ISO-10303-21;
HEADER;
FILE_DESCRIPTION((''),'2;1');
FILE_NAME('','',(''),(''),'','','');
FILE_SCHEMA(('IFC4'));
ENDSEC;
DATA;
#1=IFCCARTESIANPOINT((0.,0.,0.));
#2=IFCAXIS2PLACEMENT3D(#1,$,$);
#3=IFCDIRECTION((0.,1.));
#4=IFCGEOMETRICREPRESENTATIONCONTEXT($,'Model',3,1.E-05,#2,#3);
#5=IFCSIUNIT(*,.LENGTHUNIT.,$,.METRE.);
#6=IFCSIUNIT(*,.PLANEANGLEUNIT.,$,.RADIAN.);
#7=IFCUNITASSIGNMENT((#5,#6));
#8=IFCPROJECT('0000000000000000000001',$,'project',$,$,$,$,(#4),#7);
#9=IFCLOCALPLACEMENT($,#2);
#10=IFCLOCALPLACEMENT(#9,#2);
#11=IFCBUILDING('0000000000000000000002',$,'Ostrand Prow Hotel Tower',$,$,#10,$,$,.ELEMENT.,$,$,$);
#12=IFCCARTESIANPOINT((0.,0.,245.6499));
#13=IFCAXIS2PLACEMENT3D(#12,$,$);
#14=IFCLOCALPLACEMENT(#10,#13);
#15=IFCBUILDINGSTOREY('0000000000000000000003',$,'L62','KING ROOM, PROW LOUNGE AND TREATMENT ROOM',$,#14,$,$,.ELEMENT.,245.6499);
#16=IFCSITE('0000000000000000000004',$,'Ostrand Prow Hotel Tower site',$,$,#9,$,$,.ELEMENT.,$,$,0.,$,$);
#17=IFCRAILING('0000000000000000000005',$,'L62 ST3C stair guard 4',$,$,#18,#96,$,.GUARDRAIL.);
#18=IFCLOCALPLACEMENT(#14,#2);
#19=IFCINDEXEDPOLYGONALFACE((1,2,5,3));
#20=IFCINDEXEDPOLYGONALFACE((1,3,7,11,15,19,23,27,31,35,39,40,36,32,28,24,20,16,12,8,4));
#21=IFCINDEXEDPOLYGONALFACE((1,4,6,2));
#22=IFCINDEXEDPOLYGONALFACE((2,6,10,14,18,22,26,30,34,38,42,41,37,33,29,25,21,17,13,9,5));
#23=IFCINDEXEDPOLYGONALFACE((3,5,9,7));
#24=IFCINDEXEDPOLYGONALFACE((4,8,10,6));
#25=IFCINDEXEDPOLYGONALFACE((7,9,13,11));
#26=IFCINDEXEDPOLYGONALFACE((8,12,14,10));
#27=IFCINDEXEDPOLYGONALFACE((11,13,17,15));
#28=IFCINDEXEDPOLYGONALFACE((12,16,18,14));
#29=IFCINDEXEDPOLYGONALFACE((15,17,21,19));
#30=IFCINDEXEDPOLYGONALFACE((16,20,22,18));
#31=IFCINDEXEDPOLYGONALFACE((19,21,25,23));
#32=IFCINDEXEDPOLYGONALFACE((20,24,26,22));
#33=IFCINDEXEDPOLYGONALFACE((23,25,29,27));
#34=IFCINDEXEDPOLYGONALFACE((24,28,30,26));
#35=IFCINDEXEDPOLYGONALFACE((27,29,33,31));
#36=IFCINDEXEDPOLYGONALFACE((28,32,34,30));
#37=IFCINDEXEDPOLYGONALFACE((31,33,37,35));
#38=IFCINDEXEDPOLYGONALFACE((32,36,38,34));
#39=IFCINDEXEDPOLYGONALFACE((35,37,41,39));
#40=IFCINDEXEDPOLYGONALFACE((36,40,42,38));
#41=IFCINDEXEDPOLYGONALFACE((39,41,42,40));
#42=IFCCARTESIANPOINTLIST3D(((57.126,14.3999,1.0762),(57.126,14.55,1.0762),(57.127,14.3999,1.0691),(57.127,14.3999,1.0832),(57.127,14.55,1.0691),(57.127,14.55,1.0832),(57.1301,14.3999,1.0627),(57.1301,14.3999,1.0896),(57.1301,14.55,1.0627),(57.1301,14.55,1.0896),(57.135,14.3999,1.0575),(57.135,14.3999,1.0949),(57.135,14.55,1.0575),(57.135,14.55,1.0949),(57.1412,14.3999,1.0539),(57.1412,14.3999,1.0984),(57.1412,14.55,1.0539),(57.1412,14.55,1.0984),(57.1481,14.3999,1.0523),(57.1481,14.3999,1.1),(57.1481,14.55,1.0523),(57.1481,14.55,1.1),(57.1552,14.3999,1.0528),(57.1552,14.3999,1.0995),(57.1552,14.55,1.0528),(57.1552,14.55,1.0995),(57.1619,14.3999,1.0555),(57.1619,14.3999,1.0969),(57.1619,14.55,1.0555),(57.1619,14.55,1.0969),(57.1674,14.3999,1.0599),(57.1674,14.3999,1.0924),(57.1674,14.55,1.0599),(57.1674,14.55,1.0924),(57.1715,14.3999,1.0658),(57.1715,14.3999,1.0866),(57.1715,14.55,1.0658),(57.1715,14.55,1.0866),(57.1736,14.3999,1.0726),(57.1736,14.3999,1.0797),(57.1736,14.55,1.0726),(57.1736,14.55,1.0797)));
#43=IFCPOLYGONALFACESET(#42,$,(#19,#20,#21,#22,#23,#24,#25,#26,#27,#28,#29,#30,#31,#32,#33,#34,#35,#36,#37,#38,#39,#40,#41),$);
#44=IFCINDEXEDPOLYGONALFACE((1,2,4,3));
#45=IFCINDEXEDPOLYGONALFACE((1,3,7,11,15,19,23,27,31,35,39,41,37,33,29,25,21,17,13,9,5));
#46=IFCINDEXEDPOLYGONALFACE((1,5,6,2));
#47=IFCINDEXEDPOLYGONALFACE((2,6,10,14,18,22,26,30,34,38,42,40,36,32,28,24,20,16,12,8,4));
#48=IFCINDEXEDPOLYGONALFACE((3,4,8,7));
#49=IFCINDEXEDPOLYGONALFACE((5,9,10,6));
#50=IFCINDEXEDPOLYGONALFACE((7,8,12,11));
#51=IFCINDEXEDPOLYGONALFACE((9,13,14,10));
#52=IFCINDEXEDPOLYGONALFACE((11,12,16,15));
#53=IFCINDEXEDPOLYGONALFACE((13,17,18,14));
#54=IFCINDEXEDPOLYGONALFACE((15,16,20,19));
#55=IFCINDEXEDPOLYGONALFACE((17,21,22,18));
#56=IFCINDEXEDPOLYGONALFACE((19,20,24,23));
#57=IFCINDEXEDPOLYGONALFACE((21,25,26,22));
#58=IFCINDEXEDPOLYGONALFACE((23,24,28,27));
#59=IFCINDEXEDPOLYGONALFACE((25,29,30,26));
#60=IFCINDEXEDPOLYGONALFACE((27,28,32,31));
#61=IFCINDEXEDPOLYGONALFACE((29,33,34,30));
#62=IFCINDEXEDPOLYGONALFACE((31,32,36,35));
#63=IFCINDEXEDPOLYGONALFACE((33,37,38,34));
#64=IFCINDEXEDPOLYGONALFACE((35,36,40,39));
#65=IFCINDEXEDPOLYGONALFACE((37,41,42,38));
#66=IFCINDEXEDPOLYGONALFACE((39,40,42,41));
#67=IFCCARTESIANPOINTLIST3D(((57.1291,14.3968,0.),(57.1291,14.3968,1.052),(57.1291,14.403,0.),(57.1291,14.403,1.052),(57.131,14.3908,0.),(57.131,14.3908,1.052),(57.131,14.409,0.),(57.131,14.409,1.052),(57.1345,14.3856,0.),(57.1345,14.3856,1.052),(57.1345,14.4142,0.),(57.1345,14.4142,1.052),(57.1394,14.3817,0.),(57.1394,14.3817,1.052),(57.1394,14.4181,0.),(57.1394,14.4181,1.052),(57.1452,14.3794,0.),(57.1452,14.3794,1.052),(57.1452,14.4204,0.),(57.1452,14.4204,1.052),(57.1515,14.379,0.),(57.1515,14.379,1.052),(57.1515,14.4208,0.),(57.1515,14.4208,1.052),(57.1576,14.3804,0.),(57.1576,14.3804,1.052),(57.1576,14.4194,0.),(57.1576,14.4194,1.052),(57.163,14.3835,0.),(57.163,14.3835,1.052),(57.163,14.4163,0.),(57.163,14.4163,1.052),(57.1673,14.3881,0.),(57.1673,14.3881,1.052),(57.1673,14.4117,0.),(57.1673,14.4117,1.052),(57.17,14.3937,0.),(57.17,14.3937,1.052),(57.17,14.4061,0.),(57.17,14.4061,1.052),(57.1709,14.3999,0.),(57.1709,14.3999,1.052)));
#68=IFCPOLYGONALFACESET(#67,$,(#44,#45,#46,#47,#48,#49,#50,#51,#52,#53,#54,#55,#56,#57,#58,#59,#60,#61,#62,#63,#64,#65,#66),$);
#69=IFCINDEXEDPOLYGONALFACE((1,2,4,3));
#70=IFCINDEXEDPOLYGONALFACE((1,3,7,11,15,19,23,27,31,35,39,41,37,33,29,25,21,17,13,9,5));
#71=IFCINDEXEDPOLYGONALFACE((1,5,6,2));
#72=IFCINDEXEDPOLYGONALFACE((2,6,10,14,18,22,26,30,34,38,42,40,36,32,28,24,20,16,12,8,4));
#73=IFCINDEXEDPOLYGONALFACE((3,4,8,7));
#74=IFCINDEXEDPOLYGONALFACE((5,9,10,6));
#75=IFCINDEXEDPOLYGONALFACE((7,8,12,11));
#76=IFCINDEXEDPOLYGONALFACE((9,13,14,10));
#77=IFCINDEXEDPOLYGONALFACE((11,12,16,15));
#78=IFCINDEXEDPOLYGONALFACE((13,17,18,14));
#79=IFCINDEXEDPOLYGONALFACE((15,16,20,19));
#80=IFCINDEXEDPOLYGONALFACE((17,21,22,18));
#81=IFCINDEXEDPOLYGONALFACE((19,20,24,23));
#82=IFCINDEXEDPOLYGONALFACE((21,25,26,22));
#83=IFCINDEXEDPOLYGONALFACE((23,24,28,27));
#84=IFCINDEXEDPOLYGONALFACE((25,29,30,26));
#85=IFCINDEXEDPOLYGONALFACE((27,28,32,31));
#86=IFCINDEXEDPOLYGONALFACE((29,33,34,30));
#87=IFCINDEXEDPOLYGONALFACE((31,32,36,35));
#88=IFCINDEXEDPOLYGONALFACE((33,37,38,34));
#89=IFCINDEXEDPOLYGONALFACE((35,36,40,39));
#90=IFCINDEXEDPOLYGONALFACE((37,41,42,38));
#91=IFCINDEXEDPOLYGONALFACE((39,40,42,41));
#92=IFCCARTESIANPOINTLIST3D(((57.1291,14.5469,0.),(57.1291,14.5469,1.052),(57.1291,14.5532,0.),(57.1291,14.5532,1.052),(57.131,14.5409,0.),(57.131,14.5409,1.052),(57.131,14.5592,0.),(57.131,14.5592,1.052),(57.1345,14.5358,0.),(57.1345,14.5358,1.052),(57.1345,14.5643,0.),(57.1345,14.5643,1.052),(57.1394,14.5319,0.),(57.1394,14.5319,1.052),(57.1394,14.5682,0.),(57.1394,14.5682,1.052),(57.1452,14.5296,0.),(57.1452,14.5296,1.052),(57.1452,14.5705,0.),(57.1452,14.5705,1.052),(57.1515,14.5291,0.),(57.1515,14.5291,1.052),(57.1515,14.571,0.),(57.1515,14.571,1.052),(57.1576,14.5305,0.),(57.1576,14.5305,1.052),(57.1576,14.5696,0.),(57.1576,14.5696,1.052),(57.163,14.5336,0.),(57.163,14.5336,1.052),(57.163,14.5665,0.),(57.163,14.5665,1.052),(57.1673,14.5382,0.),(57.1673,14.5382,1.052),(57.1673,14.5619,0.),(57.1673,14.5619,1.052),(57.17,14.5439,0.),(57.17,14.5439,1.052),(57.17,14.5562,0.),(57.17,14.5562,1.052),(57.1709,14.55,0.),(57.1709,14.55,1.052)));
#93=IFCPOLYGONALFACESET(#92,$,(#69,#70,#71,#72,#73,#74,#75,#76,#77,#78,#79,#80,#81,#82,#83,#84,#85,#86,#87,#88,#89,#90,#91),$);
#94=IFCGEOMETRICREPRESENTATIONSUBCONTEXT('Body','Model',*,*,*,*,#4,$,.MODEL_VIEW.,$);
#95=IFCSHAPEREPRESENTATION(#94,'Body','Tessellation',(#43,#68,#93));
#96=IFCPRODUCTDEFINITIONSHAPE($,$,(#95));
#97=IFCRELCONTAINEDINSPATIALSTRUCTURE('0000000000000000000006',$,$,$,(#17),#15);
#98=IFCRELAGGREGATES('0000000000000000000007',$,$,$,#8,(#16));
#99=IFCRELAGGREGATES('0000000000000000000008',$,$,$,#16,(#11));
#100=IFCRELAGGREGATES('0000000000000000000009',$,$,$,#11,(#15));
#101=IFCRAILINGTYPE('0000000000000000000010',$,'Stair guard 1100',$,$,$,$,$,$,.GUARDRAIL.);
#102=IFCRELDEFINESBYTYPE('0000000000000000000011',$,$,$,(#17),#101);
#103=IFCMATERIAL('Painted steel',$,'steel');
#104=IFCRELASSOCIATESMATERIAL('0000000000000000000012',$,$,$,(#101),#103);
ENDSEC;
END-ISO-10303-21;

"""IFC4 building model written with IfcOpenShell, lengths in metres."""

from ifc_helpers import new_model, si_unit, direction, frame, origin, origin_2d, place, context, subcontext, project, spatial, circle, extrude, material, type_object, element, save


model = new_model("IFC4")

# Units and contexts
model_context = context("Model", 3, precision=1e-05, world=origin(), true_north=direction((0.0, 1.0)))
body_context = subcontext(model_context, "Body", "Model", "MODEL_VIEW")
ifc_project = project(units=[si_unit("LENGTHUNIT", "METRE"), si_unit("PLANEANGLEUNIT", "RADIAN")], contexts=[model_context])

# Site, building, storey
site_placement = place(None, origin())
site = spatial("IfcSite", under=ifc_project, at=site_placement, Name="Ostrand Prow Hotel Tower site", CompositionType="ELEMENT", RefElevation=0.0)
building_placement = place(site_placement, origin())
building = spatial("IfcBuilding", under=site, at=building_placement, Name="Ostrand Prow Hotel Tower", CompositionType="ELEMENT")
storey_placement = place(building_placement, frame((0.0, 0.0, 245.6499)))
storey = spatial("IfcBuildingStorey", under=building, at=storey_placement, Name="L62", Description="KING ROOM, PROW LOUNGE AND TREATMENT ROOM", CompositionType="ELEMENT", Elevation=245.6499)

# Railing
ifc_material_1 = material(Name="Painted steel", Category="steel")
railing_type_1 = type_object("IfcRailingType", Name="Stair guard 1100", PredefinedType="GUARDRAIL", material=ifc_material_1)
railing_1_placement = place(storey_placement, frame((57.1499, 14.3999, 0.0)))
element("IfcRailing", 1, at=railing_1_placement, inside=storey, type_object=railing_type_1, Name="L62 ST3C stair guard 4", PredefinedType="GUARDRAIL", context=body_context, shape_type="SweptSolid", body=[
    extrude(circle(Radius=0.0239, at=origin_2d()), frame((0.0, 0.0, 1.0762), z_axis=(0.0, 1.0, 0.0), x_axis=(-1.0, 0.0, 0.0)), (0.0, 0.0, 1.0), 0.1501),
    extrude(circle(Radius=0.021, at=origin_2d()), origin(), (0.0, 0.0, 1.0), 1.052),
    extrude(circle(Radius=0.021, at=origin_2d()), frame((0.0, 0.1501, 0.0)), (0.0, 0.0, 1.0), 1.052),
])

save(model, "model.ifc")
